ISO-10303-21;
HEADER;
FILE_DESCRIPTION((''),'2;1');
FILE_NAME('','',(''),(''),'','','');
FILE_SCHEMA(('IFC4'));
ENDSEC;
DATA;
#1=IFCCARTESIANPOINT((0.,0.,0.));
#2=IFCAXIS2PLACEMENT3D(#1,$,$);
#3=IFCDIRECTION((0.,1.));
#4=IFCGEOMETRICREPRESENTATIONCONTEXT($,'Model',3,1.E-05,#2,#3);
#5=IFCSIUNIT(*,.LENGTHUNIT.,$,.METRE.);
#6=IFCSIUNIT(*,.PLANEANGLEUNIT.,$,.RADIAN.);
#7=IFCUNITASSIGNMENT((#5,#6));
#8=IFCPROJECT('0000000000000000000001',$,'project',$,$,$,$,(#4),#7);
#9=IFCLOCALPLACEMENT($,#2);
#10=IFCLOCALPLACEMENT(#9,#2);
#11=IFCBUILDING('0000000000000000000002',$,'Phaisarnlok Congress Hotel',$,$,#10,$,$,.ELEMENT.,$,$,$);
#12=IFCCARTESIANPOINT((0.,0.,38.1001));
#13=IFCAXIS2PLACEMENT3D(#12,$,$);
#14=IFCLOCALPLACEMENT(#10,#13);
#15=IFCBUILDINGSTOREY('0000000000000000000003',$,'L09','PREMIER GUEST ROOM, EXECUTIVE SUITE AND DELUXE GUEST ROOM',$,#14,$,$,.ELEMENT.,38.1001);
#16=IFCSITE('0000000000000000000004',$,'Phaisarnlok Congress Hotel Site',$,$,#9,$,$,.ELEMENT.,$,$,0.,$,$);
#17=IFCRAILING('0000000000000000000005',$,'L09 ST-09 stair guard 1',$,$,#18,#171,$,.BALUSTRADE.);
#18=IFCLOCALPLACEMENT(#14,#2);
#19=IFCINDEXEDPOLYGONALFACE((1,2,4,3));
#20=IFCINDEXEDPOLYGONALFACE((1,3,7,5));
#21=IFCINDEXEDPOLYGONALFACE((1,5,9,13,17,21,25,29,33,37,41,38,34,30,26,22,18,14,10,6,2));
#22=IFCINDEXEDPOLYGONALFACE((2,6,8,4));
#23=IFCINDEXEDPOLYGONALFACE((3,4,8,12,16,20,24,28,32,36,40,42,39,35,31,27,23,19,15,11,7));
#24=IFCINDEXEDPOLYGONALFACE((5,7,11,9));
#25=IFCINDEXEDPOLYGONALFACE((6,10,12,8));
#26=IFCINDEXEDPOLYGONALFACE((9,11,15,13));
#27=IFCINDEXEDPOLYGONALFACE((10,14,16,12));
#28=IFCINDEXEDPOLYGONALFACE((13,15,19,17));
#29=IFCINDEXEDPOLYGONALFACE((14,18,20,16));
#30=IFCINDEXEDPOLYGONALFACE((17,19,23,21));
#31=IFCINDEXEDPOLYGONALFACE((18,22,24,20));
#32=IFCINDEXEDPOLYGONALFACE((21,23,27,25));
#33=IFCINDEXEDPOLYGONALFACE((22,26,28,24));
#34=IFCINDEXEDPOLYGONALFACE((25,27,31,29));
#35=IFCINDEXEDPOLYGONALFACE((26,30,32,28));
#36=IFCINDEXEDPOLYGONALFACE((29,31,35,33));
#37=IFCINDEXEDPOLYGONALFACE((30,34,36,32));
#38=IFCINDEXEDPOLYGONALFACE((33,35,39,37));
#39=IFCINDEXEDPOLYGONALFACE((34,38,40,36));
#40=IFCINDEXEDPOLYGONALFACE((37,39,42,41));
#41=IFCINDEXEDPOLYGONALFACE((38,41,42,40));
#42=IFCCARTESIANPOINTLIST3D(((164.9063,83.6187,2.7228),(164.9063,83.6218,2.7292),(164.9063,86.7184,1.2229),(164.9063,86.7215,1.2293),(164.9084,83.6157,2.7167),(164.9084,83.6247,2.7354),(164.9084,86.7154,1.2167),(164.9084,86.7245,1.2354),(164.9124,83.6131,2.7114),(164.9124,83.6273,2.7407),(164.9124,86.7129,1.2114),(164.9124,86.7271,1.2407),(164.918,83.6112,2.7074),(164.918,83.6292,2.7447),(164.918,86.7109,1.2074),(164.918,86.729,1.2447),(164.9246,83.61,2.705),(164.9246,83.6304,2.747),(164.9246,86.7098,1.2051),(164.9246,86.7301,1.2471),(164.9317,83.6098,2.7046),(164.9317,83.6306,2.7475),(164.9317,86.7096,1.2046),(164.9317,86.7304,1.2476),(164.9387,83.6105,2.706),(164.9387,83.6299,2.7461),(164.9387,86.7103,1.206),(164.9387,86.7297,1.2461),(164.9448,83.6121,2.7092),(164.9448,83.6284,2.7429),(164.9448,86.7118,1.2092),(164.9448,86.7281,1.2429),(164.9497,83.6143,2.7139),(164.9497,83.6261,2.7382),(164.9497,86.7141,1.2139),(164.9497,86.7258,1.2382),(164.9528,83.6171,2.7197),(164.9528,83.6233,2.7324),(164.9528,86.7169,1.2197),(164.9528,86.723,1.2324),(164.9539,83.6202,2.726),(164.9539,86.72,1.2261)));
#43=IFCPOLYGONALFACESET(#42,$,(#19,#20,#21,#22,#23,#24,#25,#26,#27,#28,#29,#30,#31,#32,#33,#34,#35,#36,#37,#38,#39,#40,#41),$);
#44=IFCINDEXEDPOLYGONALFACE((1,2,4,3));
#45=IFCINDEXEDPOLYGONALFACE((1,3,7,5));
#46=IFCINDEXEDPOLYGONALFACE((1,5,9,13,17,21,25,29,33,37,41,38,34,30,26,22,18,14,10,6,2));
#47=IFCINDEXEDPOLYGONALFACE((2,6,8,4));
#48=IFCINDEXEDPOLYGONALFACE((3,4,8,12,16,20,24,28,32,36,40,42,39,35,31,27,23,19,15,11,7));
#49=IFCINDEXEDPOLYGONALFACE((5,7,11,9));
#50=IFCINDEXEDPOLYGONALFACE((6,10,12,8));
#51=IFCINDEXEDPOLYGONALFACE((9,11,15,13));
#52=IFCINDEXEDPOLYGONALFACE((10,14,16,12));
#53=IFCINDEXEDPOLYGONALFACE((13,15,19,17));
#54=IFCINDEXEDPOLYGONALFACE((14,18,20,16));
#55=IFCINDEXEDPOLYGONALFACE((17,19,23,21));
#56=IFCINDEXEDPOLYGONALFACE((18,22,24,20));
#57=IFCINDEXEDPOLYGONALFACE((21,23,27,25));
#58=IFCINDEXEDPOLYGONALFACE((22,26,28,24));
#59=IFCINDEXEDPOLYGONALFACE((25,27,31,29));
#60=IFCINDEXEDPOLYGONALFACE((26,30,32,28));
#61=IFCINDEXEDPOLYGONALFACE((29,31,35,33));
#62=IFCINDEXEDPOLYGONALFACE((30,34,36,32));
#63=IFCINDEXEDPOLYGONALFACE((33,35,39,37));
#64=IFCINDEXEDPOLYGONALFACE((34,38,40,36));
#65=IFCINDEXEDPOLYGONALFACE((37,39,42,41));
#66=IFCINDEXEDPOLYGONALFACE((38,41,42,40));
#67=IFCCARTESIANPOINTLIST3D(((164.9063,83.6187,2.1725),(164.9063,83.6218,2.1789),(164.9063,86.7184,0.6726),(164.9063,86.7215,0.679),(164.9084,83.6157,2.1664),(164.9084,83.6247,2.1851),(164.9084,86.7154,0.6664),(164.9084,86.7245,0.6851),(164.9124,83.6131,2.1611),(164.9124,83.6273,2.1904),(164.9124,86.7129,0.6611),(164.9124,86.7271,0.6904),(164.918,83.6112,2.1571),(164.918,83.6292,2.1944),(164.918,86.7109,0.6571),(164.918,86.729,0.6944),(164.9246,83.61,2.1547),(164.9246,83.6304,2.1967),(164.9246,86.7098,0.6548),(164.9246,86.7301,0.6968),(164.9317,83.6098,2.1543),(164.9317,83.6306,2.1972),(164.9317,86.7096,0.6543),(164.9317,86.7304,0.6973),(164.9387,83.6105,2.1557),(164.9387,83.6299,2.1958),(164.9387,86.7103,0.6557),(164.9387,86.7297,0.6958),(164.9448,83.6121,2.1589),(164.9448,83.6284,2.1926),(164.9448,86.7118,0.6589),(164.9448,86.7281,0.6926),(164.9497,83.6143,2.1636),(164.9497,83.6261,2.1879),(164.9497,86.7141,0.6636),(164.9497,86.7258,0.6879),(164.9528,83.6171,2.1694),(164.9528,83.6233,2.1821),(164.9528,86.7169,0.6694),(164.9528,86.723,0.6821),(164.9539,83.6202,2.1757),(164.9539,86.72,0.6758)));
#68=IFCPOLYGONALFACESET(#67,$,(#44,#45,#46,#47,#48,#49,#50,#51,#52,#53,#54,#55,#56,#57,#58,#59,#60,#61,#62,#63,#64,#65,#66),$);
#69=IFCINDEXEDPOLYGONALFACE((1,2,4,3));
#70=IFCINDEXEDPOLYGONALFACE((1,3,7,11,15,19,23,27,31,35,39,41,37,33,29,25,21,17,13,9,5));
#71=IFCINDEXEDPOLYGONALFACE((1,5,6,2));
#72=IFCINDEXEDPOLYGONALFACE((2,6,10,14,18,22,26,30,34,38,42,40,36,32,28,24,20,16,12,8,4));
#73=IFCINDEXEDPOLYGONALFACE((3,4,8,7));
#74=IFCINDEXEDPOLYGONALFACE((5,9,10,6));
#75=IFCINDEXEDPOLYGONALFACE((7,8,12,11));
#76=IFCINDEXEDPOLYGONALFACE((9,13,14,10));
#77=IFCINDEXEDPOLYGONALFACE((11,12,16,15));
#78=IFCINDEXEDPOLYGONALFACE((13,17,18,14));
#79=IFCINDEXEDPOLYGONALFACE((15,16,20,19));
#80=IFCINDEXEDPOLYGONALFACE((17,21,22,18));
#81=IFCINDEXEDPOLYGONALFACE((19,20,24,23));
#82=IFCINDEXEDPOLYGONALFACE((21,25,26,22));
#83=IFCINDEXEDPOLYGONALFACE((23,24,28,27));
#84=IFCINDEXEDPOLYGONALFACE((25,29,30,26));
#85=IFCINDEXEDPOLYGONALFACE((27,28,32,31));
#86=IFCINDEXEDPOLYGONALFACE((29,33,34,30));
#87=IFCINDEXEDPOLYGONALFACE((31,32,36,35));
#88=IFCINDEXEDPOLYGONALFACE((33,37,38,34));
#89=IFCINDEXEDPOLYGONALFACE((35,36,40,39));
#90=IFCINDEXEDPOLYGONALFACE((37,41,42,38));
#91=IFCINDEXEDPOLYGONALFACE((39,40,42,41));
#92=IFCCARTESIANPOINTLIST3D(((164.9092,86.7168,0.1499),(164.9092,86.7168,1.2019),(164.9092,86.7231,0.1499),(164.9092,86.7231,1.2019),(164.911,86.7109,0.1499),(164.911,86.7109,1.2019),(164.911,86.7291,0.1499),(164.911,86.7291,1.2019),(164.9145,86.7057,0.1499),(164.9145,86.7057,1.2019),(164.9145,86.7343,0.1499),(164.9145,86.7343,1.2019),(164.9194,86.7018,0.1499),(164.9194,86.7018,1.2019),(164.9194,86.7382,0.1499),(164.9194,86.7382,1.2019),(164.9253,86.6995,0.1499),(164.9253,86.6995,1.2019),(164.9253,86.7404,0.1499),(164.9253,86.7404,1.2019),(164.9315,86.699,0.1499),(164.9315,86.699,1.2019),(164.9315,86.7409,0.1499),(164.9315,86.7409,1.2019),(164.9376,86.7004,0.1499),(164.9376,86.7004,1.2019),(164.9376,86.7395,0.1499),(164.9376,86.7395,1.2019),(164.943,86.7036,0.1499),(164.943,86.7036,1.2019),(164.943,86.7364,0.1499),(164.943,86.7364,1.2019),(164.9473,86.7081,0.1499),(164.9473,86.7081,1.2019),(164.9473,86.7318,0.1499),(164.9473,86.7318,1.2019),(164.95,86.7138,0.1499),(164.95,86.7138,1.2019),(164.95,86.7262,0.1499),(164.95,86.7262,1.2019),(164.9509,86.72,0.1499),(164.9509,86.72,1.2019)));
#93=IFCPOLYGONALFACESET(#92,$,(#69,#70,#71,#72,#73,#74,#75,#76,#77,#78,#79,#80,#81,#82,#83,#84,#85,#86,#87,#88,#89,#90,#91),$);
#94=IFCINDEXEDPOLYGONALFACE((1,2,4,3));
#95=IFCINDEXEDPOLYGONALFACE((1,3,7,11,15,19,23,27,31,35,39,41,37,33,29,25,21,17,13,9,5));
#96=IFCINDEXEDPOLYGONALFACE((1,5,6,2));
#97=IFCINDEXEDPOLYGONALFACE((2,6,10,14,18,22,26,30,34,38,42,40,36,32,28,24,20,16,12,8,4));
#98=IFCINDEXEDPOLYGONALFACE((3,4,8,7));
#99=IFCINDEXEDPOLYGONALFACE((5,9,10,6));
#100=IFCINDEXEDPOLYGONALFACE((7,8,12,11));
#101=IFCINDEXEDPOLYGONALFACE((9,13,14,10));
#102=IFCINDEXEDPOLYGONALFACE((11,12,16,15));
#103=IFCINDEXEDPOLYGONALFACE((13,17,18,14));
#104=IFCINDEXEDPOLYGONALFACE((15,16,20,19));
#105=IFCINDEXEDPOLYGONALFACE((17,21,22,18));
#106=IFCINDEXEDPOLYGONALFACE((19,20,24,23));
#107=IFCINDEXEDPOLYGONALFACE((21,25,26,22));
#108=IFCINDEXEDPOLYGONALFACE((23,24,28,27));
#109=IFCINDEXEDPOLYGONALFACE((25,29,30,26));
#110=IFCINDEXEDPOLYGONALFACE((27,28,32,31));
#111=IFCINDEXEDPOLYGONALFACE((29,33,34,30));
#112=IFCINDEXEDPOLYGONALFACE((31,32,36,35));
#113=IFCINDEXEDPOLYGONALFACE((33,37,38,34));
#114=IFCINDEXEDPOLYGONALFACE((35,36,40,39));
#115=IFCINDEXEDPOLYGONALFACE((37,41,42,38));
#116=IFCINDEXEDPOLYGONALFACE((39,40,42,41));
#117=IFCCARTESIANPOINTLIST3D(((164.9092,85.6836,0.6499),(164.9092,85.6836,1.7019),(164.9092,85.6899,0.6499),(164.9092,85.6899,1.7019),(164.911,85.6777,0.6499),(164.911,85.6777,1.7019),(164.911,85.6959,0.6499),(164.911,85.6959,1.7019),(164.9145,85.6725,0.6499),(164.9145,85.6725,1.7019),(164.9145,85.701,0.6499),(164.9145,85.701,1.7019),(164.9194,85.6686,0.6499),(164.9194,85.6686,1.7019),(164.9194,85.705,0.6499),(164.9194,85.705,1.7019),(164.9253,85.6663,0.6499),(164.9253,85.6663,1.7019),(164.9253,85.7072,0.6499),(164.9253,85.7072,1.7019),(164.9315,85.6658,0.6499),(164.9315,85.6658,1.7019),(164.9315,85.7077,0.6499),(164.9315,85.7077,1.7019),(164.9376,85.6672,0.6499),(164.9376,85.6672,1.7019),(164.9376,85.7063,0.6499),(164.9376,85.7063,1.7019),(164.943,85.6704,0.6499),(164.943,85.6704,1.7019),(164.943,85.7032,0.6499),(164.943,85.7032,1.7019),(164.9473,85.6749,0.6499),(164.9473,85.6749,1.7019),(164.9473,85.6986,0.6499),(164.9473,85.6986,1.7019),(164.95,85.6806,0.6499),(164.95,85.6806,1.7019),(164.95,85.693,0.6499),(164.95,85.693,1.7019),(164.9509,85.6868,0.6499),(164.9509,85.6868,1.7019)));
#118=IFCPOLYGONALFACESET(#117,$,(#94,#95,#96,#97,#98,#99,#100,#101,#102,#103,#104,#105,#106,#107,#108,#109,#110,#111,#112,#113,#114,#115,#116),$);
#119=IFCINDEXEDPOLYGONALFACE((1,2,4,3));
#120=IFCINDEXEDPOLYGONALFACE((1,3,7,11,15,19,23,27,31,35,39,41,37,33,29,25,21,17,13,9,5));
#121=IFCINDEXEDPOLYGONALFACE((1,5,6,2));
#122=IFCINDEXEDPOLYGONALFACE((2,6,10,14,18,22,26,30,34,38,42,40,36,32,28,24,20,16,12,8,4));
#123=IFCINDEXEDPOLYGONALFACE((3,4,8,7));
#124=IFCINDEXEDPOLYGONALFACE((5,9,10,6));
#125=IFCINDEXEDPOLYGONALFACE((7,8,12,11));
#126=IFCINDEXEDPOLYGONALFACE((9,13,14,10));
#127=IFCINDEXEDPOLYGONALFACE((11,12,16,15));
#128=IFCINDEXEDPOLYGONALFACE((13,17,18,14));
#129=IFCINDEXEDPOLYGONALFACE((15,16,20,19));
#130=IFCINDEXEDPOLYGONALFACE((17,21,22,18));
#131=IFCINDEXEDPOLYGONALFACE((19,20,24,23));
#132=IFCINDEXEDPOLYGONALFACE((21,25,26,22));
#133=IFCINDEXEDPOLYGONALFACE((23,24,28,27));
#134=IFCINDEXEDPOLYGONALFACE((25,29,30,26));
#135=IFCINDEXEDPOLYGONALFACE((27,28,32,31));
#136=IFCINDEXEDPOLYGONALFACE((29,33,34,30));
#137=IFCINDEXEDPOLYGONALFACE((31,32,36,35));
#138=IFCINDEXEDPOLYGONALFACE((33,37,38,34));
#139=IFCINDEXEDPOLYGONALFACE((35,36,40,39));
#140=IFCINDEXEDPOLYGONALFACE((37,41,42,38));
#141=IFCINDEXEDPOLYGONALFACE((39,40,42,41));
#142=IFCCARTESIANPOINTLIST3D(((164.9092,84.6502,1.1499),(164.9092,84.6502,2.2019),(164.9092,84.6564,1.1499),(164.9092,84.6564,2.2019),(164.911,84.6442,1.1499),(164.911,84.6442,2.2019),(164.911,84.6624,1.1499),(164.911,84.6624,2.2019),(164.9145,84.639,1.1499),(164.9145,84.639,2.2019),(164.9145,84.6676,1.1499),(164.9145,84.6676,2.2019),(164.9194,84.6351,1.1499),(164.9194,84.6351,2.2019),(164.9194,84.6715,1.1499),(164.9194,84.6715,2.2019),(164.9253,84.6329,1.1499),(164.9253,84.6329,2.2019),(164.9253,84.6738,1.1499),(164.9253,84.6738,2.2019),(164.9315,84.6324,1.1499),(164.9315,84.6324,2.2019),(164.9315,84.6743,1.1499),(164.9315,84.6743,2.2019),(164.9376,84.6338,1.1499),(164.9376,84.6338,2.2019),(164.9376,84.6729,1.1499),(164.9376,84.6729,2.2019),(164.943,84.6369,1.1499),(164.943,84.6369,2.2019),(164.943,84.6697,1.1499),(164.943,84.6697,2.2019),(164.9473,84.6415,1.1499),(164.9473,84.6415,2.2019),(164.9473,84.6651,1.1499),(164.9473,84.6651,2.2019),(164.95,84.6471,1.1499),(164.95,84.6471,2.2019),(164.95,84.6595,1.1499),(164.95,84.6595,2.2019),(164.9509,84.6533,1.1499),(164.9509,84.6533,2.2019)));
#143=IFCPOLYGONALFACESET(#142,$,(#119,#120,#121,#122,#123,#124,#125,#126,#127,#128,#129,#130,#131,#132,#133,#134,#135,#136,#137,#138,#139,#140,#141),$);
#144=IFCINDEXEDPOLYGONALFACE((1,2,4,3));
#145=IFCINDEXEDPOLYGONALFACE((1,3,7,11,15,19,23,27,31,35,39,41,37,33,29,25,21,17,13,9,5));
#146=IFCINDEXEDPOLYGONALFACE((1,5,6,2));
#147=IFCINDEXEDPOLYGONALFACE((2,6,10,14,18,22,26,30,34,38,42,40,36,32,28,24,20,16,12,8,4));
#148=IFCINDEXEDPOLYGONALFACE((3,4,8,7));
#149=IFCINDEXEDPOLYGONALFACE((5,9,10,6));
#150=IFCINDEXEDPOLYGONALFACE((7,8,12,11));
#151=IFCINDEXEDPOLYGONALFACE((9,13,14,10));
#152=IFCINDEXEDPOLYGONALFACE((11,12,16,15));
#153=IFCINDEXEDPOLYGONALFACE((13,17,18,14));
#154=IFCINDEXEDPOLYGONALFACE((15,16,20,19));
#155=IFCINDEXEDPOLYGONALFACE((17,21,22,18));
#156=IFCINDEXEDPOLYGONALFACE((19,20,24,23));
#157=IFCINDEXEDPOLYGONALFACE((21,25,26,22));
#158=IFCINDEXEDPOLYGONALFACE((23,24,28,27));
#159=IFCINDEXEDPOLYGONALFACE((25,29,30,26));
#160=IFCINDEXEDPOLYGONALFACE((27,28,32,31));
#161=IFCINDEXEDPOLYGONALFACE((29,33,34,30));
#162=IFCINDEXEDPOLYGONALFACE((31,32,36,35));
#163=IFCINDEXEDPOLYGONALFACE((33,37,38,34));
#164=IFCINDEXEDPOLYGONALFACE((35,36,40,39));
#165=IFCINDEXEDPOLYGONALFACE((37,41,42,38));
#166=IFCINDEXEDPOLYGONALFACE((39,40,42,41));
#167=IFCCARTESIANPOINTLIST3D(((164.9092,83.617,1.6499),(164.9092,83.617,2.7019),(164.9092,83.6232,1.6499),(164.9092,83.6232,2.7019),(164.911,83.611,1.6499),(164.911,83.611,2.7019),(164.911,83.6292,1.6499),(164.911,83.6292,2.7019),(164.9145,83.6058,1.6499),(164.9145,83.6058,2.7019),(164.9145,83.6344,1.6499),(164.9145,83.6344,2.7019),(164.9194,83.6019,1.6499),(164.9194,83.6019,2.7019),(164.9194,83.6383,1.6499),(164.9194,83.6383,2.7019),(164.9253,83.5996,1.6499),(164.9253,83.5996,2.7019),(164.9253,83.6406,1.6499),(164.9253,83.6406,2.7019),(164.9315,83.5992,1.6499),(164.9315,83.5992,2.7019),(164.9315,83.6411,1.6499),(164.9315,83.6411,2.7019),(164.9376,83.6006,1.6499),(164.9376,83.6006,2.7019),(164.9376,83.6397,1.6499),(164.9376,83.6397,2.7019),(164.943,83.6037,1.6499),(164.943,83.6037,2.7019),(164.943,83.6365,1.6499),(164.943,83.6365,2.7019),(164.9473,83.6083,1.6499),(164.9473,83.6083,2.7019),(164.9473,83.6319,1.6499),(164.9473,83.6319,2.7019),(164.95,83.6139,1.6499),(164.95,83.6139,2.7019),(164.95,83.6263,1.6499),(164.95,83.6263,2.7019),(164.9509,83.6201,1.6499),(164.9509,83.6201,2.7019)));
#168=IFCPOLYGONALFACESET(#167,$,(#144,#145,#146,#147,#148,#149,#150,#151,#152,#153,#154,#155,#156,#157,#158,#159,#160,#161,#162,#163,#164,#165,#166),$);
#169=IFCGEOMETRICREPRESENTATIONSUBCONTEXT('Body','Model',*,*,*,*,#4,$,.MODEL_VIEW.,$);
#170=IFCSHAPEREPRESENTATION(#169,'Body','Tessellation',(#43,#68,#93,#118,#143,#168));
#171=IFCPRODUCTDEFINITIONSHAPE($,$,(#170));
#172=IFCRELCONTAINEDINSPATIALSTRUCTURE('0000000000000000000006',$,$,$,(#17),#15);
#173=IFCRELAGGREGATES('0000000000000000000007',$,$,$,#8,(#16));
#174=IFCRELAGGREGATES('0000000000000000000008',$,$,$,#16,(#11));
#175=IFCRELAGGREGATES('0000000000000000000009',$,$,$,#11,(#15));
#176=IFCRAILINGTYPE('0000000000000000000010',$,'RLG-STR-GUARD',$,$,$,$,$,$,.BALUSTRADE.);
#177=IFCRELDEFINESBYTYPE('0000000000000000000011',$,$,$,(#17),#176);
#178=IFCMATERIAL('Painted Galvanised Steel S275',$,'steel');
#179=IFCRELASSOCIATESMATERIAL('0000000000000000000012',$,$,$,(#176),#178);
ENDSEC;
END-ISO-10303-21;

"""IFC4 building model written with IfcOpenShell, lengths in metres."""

from ifc_helpers import new_model, si_unit, direction, frame, origin, origin_2d, place, context, subcontext, project, spatial, circle, extrude, material, type_object, element, save


model = new_model("IFC4")

# Units and contexts
model_context = context("Model", 3, precision=1e-05, world=origin(), true_north=direction((0.0, 1.0)))
body_context = subcontext(model_context, "Body", "Model", "MODEL_VIEW")
ifc_project = project(units=[si_unit("LENGTHUNIT", "METRE"), si_unit("PLANEANGLEUNIT", "RADIAN")], contexts=[model_context])

# Site, building, storey
site_placement = place(None, origin())
site = spatial("IfcSite", under=ifc_project, at=site_placement, Name="Phaisarnlok Congress Hotel Site", CompositionType="ELEMENT", RefElevation=0.0)
building_placement = place(site_placement, origin())
building = spatial("IfcBuilding", under=site, at=building_placement, Name="Phaisarnlok Congress Hotel", CompositionType="ELEMENT")
storey_placement = place(building_placement, frame((0.0, 0.0, 38.1001)))
storey = spatial("IfcBuildingStorey", under=building, at=storey_placement, Name="L09", Description="PREMIER GUEST ROOM, EXECUTIVE SUITE AND DELUXE GUEST ROOM", CompositionType="ELEMENT", Elevation=38.1001)

# Railing
ifc_material_1 = material(Name="Painted Galvanised Steel S275", Category="steel")
railing_type_1 = type_object("IfcRailingType", Name="RLG-STR-GUARD", PredefinedType="BALUSTRADE", material=ifc_material_1)
railing_1_placement = place(storey_placement, frame((164.9299, 86.72, 0.1499)))
element("IfcRailing", 1, at=railing_1_placement, inside=storey, type_object=railing_type_1, Name="L09 ST-09 stair guard 1", PredefinedType="BALUSTRADE", context=body_context, shape_type="SweptSolid", body=[
    extrude(circle(Radius=0.0239, at=origin_2d()), frame((0.0, 0.0, 1.0762), z_axis=(0.0, -0.900151, 0.435578), x_axis=(1.0, 0.0, 0.0)), (0.0, 0.0, 1.0), 3.4436),
    extrude(circle(Radius=0.0239, at=origin_2d()), frame((0.0, 0.0, 0.5259), z_axis=(0.0, -0.900151, 0.435578), x_axis=(1.0, 0.0, 0.0)), (0.0, 0.0, 1.0), 3.4436),
    extrude(circle(Radius=0.021, at=origin_2d()), origin(), (0.0, 0.0, 1.0), 1.052),
    extrude(circle(Radius=0.021, at=origin_2d()), frame((0.0, -1.0332, 0.5)), (0.0, 0.0, 1.0), 1.052),
    extrude(circle(Radius=0.021, at=origin_2d()), frame((0.0, -2.0667, 1.0)), (0.0, 0.0, 1.0), 1.052),
    extrude(circle(Radius=0.021, at=origin_2d()), frame((0.0, -3.0999, 1.5)), (0.0, 0.0, 1.0), 1.052),
])

save(model, "model.ifc")
